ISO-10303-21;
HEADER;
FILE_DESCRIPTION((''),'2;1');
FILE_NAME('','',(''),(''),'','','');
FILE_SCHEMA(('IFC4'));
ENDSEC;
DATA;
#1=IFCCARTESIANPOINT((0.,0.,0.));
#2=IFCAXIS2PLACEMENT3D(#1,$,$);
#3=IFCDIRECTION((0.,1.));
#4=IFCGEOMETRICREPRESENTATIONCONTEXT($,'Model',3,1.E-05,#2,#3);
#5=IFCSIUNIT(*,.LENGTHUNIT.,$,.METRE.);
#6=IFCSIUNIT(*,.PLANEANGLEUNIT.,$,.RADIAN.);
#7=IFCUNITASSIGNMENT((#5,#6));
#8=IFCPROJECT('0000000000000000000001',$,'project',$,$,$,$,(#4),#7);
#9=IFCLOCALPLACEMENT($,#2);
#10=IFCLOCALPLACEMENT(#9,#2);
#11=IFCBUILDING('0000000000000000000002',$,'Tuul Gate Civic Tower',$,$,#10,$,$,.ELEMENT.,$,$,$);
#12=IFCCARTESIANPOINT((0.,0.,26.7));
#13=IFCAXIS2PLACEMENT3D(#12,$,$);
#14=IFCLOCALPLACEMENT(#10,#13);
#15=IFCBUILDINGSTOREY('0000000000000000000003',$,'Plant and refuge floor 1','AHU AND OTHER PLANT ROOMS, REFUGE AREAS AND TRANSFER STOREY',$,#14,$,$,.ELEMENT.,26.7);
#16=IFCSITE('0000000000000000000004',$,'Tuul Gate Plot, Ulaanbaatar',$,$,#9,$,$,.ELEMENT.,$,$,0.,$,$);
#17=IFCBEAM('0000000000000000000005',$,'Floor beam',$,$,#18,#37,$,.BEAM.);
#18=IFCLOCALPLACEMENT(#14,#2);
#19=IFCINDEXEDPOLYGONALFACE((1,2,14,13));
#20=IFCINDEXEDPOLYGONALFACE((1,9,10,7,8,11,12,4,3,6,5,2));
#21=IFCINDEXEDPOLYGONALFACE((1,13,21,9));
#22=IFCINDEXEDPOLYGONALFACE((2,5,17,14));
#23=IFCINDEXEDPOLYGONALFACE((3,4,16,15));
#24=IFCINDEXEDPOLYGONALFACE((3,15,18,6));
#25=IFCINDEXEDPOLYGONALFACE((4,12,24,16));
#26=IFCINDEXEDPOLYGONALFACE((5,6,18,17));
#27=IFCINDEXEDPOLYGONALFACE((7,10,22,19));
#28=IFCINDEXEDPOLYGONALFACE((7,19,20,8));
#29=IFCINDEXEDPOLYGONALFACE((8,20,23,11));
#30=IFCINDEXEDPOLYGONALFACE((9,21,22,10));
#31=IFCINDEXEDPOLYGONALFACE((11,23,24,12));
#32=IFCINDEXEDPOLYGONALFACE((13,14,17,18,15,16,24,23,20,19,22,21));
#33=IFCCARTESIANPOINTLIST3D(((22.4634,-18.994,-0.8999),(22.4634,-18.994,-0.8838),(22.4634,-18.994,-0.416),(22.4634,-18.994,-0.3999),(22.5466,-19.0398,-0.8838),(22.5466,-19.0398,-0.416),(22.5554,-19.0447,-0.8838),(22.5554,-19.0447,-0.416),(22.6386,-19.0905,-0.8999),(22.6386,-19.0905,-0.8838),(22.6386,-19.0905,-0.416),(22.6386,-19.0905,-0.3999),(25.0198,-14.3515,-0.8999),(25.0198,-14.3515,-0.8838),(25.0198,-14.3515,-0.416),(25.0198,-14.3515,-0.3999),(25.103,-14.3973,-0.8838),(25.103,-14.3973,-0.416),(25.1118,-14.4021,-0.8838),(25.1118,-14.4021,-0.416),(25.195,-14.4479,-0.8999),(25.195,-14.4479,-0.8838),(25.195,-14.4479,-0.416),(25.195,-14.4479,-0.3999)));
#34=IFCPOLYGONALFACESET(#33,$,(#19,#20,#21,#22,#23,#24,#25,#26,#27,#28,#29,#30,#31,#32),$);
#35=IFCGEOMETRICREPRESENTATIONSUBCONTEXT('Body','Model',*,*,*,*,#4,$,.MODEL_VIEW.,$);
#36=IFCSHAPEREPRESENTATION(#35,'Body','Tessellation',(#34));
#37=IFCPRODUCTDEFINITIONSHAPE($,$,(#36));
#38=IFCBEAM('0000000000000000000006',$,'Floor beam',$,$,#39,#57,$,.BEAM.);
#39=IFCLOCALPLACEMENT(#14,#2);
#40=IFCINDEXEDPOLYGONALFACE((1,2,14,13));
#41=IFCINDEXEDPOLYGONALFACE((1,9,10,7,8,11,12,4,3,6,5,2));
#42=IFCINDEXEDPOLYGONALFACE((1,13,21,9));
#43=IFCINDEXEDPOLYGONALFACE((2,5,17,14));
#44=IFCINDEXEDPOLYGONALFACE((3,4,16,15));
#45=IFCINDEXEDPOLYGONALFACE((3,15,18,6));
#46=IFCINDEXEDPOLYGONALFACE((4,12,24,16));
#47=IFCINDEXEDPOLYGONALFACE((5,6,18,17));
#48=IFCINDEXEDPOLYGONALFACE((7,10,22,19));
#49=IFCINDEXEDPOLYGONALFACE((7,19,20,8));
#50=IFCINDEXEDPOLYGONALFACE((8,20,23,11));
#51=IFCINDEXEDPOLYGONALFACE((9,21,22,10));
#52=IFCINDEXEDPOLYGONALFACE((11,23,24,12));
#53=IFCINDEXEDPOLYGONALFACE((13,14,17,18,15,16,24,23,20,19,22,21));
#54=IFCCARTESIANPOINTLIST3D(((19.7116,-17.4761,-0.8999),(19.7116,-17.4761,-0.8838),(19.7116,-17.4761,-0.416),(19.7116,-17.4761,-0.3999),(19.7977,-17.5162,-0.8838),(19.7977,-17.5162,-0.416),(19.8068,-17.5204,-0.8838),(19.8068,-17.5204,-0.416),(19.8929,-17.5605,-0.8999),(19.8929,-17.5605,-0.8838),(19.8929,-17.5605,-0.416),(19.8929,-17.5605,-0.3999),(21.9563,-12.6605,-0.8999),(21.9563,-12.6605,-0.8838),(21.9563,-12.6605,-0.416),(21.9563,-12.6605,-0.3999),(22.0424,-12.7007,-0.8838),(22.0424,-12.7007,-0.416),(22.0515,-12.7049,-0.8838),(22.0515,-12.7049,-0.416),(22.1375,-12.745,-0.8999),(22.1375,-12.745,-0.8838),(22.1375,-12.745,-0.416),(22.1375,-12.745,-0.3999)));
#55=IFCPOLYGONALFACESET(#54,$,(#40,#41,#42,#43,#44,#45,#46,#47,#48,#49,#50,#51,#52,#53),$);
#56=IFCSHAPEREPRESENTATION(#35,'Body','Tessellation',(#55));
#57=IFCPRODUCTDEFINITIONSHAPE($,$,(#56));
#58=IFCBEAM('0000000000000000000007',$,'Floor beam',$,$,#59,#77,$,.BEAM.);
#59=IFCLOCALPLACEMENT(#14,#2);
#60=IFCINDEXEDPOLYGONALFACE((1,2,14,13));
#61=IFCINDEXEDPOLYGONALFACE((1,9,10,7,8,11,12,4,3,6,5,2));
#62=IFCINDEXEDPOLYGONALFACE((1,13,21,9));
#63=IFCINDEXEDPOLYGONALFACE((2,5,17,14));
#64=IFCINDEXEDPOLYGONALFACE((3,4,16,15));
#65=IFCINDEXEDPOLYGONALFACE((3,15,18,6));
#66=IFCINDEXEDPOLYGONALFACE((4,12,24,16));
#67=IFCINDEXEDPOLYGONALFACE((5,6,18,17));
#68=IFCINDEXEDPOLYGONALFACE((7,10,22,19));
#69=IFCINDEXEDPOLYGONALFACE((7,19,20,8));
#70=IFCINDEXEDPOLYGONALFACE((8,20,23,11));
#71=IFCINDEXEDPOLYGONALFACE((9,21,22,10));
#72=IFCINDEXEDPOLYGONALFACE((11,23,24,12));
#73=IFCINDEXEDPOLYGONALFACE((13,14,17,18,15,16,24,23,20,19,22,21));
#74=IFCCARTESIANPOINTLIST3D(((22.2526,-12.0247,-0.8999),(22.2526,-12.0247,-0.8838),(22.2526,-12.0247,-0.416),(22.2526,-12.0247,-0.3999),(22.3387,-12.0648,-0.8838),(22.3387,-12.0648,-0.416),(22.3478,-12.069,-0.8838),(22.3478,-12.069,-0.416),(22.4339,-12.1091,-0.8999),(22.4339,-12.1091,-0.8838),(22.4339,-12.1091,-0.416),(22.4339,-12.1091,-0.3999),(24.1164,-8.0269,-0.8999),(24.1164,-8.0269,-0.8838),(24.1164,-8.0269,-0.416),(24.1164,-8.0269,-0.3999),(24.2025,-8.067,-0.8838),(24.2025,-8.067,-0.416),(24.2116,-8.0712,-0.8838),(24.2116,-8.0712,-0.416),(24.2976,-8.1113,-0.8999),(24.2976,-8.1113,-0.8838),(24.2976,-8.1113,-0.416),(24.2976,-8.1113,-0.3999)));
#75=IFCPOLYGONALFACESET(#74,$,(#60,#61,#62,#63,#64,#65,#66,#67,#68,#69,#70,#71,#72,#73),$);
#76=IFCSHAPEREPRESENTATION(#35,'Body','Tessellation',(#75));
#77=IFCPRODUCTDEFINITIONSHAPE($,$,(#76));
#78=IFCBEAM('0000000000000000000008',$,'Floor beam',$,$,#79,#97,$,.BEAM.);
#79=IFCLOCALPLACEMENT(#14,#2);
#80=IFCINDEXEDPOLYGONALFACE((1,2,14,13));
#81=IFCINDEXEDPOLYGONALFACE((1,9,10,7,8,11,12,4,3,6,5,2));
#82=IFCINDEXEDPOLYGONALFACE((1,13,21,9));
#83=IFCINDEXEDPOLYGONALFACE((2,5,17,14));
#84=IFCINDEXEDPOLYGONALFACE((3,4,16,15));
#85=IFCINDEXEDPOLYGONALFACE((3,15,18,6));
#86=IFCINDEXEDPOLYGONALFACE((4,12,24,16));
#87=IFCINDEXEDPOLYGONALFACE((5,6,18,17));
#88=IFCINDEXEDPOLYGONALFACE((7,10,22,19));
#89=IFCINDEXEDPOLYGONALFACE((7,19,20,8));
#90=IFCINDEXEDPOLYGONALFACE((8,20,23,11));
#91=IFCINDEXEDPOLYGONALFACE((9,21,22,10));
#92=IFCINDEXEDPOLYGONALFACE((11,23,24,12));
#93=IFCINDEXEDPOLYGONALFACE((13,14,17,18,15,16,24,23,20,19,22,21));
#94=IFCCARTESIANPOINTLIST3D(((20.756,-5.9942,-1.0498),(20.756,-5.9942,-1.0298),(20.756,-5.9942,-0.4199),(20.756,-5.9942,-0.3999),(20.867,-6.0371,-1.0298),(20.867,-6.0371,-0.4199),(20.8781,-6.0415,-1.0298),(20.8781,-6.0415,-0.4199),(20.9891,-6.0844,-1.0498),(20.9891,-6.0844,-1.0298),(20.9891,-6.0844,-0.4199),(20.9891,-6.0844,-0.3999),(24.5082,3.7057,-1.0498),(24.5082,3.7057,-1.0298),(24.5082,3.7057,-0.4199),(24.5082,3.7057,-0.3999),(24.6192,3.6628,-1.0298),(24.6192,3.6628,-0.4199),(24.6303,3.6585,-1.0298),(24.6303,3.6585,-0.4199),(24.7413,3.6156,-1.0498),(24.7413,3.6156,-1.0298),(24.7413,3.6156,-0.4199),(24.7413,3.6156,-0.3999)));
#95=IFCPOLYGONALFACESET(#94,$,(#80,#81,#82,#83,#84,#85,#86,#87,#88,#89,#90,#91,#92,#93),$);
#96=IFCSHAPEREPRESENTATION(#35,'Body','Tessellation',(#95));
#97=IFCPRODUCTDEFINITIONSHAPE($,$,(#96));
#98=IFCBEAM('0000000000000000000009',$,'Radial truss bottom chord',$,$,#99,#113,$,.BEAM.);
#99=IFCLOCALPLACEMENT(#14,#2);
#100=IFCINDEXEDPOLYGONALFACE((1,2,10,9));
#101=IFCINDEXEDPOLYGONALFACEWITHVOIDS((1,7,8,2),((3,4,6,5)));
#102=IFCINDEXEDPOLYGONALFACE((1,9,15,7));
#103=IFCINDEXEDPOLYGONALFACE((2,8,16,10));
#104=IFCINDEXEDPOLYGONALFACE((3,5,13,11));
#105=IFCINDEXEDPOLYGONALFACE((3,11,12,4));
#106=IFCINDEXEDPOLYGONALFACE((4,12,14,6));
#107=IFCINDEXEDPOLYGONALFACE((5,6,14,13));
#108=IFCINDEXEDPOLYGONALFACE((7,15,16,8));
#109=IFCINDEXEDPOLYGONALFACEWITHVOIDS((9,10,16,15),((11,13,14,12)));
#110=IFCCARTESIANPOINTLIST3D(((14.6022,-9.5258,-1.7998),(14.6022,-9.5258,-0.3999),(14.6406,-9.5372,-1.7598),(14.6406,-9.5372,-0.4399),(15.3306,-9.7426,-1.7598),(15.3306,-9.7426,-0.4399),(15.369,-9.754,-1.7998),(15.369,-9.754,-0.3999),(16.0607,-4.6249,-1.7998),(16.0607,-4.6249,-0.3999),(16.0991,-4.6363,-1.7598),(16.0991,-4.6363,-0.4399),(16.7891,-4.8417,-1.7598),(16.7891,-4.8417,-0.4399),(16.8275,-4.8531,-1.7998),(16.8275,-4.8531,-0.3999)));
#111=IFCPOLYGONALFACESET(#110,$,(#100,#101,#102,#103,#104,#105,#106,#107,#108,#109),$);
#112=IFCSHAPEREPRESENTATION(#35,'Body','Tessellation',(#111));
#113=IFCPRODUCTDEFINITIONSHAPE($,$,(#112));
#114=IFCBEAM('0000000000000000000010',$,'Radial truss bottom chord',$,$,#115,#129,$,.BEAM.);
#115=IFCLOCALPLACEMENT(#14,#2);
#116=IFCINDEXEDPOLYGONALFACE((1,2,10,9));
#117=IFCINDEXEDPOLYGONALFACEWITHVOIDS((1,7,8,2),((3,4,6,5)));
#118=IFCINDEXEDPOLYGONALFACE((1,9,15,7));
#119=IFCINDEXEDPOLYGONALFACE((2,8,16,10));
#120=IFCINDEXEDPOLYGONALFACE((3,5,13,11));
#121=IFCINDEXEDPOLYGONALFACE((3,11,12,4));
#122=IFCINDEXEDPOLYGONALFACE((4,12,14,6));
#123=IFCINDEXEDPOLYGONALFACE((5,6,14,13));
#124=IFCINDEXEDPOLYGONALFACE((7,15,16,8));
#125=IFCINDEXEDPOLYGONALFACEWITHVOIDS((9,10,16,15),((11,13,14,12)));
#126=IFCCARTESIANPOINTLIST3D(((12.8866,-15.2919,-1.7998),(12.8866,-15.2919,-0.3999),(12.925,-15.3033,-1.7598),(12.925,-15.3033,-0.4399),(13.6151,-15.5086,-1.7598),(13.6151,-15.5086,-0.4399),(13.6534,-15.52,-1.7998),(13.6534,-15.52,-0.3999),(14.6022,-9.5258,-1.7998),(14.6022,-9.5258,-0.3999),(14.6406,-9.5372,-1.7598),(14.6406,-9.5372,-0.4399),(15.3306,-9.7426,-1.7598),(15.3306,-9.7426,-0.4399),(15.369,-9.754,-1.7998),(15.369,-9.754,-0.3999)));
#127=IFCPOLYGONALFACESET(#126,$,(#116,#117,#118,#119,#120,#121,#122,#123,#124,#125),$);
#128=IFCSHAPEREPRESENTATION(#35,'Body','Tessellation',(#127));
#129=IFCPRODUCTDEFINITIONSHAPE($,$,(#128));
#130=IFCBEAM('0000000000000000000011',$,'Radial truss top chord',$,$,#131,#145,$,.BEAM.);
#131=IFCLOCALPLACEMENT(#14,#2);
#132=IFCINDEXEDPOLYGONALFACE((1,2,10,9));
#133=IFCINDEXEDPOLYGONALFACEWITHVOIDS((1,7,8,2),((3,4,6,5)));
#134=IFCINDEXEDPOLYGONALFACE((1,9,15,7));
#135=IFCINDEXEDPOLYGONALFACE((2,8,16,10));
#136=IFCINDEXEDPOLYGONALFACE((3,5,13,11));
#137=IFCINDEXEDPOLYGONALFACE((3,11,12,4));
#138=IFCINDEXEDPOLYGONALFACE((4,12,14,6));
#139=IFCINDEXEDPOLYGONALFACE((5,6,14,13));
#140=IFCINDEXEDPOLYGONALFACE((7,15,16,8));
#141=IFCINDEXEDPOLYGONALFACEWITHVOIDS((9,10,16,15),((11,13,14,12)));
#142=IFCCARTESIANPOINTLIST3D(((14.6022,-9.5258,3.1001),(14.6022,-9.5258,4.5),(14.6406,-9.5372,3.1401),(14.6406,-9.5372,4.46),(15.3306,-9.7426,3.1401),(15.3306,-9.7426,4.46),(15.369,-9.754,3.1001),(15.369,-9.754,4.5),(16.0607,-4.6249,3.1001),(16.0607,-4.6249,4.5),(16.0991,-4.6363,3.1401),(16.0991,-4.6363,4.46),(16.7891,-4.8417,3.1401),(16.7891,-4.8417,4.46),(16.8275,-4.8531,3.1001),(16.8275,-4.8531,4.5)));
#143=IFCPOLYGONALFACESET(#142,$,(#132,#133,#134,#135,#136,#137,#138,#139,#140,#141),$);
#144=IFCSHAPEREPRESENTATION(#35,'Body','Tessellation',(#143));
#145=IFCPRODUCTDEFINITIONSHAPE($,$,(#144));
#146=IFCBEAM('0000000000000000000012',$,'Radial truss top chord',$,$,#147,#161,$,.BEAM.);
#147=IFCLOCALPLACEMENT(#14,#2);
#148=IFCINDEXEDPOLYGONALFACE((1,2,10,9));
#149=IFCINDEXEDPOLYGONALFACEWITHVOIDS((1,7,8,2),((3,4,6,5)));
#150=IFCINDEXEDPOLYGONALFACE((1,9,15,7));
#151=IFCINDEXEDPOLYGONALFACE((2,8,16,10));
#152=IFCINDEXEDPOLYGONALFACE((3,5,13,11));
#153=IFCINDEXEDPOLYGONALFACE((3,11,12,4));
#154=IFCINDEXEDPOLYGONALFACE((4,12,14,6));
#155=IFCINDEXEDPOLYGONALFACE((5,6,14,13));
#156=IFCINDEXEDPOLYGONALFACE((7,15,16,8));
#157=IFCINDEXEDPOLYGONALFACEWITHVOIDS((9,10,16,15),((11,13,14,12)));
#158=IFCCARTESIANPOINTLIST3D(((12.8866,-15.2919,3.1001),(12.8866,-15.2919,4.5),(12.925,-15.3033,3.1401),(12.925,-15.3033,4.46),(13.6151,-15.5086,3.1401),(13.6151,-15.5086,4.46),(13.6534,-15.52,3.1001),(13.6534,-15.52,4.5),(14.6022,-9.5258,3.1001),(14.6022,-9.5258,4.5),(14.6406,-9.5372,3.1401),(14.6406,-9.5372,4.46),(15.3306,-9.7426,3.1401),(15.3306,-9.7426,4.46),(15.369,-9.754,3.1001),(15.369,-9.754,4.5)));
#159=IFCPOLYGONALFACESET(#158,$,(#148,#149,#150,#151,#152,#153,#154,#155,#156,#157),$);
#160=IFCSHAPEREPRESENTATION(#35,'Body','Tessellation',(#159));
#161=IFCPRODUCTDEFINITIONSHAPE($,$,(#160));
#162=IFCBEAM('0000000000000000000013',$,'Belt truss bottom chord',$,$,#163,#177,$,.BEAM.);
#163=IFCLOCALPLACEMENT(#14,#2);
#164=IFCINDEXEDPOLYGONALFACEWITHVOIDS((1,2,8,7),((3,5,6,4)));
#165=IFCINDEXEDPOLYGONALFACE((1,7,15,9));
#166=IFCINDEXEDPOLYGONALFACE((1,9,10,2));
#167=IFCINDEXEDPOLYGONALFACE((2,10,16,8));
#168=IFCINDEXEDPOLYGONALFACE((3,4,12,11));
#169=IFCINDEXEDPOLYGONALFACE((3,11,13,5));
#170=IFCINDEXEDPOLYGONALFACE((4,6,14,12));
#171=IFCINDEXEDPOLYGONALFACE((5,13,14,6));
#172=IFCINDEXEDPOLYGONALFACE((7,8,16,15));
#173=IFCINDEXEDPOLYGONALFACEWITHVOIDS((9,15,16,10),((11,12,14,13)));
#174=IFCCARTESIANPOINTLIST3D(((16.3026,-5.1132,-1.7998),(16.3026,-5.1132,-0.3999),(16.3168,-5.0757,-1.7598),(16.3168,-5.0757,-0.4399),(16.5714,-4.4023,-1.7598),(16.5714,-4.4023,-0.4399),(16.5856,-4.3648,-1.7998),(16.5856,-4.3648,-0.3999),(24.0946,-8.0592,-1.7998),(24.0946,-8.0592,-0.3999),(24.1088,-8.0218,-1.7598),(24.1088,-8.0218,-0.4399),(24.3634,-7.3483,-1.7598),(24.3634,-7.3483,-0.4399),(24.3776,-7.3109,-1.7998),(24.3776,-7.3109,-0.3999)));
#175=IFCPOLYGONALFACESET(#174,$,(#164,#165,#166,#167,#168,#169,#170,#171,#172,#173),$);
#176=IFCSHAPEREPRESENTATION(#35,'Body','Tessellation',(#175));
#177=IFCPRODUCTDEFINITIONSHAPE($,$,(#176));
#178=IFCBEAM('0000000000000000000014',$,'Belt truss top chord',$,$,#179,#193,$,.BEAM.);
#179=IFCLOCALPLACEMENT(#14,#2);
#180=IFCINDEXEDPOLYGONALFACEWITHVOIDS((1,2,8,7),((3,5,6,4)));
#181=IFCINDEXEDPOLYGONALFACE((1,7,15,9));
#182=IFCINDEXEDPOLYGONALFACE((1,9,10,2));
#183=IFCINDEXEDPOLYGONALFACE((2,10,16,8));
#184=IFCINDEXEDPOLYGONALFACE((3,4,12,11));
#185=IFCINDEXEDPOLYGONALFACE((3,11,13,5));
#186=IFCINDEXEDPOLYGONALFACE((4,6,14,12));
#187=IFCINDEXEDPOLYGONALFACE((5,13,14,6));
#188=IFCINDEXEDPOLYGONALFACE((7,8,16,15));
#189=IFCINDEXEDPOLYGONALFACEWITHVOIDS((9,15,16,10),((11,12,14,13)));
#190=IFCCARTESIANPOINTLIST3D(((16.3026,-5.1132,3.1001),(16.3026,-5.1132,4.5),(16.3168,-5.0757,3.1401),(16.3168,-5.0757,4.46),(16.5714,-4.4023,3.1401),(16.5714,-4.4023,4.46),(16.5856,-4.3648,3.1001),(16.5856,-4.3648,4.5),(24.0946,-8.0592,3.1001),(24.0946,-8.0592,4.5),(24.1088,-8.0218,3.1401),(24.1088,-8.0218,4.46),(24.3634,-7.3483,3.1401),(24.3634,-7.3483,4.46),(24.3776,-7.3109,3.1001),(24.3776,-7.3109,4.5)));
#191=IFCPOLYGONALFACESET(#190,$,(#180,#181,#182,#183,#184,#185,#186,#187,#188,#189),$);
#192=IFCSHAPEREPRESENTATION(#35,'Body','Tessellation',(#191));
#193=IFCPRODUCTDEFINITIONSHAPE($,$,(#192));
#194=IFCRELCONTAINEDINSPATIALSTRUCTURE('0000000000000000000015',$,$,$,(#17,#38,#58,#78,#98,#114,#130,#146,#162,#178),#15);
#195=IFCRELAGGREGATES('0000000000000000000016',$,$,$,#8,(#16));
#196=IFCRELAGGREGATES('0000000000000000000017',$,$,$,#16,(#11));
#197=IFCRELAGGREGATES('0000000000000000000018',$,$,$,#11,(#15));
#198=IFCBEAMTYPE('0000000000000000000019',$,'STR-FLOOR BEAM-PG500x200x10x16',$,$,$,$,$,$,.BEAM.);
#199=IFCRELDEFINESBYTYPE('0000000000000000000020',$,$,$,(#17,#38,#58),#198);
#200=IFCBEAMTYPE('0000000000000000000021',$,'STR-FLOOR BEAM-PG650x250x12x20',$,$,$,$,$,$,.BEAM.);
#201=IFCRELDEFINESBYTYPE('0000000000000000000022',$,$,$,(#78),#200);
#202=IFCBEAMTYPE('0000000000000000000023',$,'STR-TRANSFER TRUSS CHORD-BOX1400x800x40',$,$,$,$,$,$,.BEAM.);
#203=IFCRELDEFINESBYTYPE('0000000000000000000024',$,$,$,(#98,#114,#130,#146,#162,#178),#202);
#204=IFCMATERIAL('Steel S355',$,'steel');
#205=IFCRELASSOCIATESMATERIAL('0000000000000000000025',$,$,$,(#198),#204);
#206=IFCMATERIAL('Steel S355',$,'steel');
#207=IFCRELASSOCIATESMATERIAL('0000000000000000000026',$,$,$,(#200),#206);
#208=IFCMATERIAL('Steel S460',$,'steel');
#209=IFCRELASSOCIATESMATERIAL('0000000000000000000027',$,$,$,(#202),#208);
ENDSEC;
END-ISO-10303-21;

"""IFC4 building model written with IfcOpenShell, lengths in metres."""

from ifc_helpers import new_model, si_unit, direction, frame, origin, origin_2d, place, context, subcontext, project, spatial, hollow_rectangle, i_section, extrude, material, material_profile, profile_set, type_object, element, save


model = new_model("IFC4")

# Units and contexts
model_context = context("Model", 3, precision=1e-05, world=origin(), true_north=direction((0.0, 1.0)))
body_context = subcontext(model_context, "Body", "Model", "MODEL_VIEW")
ifc_project = project(units=[si_unit("LENGTHUNIT", "METRE"), si_unit("PLANEANGLEUNIT", "RADIAN")], contexts=[model_context])

# Site, building, storey
site_placement = place(None, origin())
site = spatial("IfcSite", under=ifc_project, at=site_placement, Name="Tuul Gate Plot, Ulaanbaatar", CompositionType="ELEMENT", RefElevation=0.0)
building_placement = place(site_placement, origin())
building = spatial("IfcBuilding", under=site, at=building_placement, Name="Tuul Gate Civic Tower", CompositionType="ELEMENT")
storey_placement = place(building_placement, frame((0.0, 0.0, 26.7)))
storey = spatial("IfcBuildingStorey", under=building, at=storey_placement, Name="Plant and refuge floor 1", Description="AHU AND OTHER PLANT ROOMS, REFUGE AREAS AND TRANSFER STOREY", CompositionType="ELEMENT", Elevation=26.7)

# Beams
ifc_material_1 = material(Name="Steel S355", Category="steel")
ifc_material_profile_1 = material_profile(ifc_material_1, i_section(OverallWidth=0.2, OverallDepth=0.5, WebThickness=0.01, FlangeThickness=0.0161, at=origin_2d()), Name="PG500x200x10x16")
ifc_profile_set_1 = profile_set([ifc_material_profile_1], Name="Steel S355")
beam_type_1 = type_object("IfcBeamType", Name="STR-FLOOR BEAM-PG500x200x10x16", PredefinedType="BEAM", material=ifc_profile_set_1)
beam_1_placement = place(storey_placement, frame((22.551, -19.0422, -0.6499), z_axis=(0.48235, 0.875978, 0.0), x_axis=(-0.875978, 0.48235, 0.0)))
element("IfcBeam", 1, at=beam_1_placement, inside=storey, type_object=beam_type_1, Name="Floor beam", PredefinedType="BEAM", context=body_context, shape_type="SweptSolid", body=[
    extrude(i_section(OverallWidth=0.2, OverallDepth=0.5, WebThickness=0.01, FlangeThickness=0.0161, at=origin_2d()), origin(), (0.0, 0.0, 1.0), 5.2998),
])
beam_2_placement = place(storey_placement, frame((19.8022, -17.5183, -0.6499), z_axis=(0.422488, 0.906369, 0.0), x_axis=(-0.906369, 0.422488, 0.0)))
element("IfcBeam", 2, at=beam_2_placement, inside=storey, type_object=beam_type_1, Name="Floor beam", PredefinedType="BEAM", context=body_context, shape_type="SweptSolid", body=[
    extrude(i_section(OverallWidth=0.2, OverallDepth=0.5, WebThickness=0.01, FlangeThickness=0.0161, at=origin_2d()), origin(), (0.0, 0.0, 1.0), 5.313),
])
beam_3_placement = place(storey_placement, frame((22.3433, -12.0669, -0.6499), z_axis=(0.422537, 0.906346, 0.0), x_axis=(-0.906346, 0.422537, 0.0)))
element("IfcBeam", 3, at=beam_3_placement, inside=storey, type_object=beam_type_1, Name="Floor beam", PredefinedType="BEAM", context=body_context, shape_type="SweptSolid", body=[
    extrude(i_section(OverallWidth=0.2, OverallDepth=0.5, WebThickness=0.01, FlangeThickness=0.0161, at=origin_2d()), origin(), (0.0, 0.0, 1.0), 4.4109),
])
ifc_material_2 = material(Name="Steel S355", Category="steel")
ifc_material_profile_2 = material_profile(ifc_material_2, i_section(OverallWidth=0.25, OverallDepth=0.6499, WebThickness=0.012, FlangeThickness=0.02, at=origin_2d()), Name="PG650x250x12x20")
ifc_profile_set_2 = profile_set([ifc_material_profile_2], Name="Steel S355")
beam_type_2 = type_object("IfcBeamType", Name="STR-FLOOR BEAM-PG650x250x12x20", PredefinedType="BEAM", material=ifc_profile_set_2)
beam_4_placement = place(storey_placement, frame((20.8726, -6.0393, -0.7249), z_axis=(0.360775, 0.932653, 0.0), x_axis=(-0.932653, 0.360775, 0.0)))
element("IfcBeam", 4, at=beam_4_placement, inside=storey, type_object=beam_type_2, Name="Floor beam", PredefinedType="BEAM", context=body_context, shape_type="SweptSolid", body=[
    extrude(i_section(OverallWidth=0.25, OverallDepth=0.6499, WebThickness=0.012, FlangeThickness=0.02, at=origin_2d()), origin(), (0.0, 0.0, 1.0), 10.4004),
])
ifc_material_3 = material(Name="Steel S460", Category="steel")
ifc_material_profile_3 = material_profile(ifc_material_3, hollow_rectangle(XDim=0.8, YDim=1.3999, WallThickness=0.04, at=origin_2d()), Name="BOX1400x800x40")
ifc_profile_set_3 = profile_set([ifc_material_profile_3], Name="Steel S460")
beam_type_3 = type_object("IfcBeamType", Name="STR-TRANSFER TRUSS CHORD-BOX1400x800x40", PredefinedType="BEAM", material=ifc_profile_set_3)
beam_5_placement = place(storey_placement, frame((16.4441, -4.739, -1.0999), z_axis=(-0.285236, -0.958457, 0.0), x_axis=(0.958457, -0.285236, 0.0)))
element("IfcBeam", 5, at=beam_5_placement, inside=storey, type_object=beam_type_3, Name="Radial truss bottom chord", PredefinedType="BEAM", context=body_context, shape_type="SweptSolid", body=[
    extrude(hollow_rectangle(XDim=0.8, YDim=1.3999, WallThickness=0.04, at=origin_2d()), origin(), (0.0, 0.0, 1.0), 5.1133),
])
beam_6_placement = place(storey_placement, frame((14.9856, -9.6399, -1.0999), z_axis=(-0.285173, -0.958476, 0.0), x_axis=(0.958476, -0.285173, 0.0)))
element("IfcBeam", 6, at=beam_6_placement, inside=storey, type_object=beam_type_3, Name="Radial truss bottom chord", PredefinedType="BEAM", context=body_context, shape_type="SweptSolid", body=[
    extrude(hollow_rectangle(XDim=0.8, YDim=1.3999, WallThickness=0.04, at=origin_2d()), origin(), (0.0, 0.0, 1.0), 6.0159),
])
beam_7_placement = place(storey_placement, frame((16.4441, -4.739, 3.8), z_axis=(-0.285236, -0.958457, 0.0), x_axis=(0.958457, -0.285236, 0.0)))
element("IfcBeam", 7, at=beam_7_placement, inside=storey, type_object=beam_type_3, Name="Radial truss top chord", PredefinedType="BEAM", context=body_context, shape_type="SweptSolid", body=[
    extrude(hollow_rectangle(XDim=0.8, YDim=1.3999, WallThickness=0.04, at=origin_2d()), origin(), (0.0, 0.0, 1.0), 5.1133),
])
beam_8_placement = place(storey_placement, frame((14.9856, -9.6399, 3.8), z_axis=(-0.285173, -0.958476, 0.0), x_axis=(0.958476, -0.285173, 0.0)))
element("IfcBeam", 8, at=beam_8_placement, inside=storey, type_object=beam_type_3, Name="Radial truss top chord", PredefinedType="BEAM", context=body_context, shape_type="SweptSolid", body=[
    extrude(hollow_rectangle(XDim=0.8, YDim=1.3999, WallThickness=0.04, at=origin_2d()), origin(), (0.0, 0.0, 1.0), 6.0159),
])
for number, where, z_axis, x_axis, name in (
    (9, (16.4441, -4.739, -1.0999), (0.935377, -0.353653, 0.0), (0.353653, 0.935377, 0.0), "Belt truss bottom chord"),
    (10, (16.4441, -4.739, 3.8), (0.935377, -0.353653, 0.0), (0.353653, 0.935377, 0.0), "Belt truss top chord"),
):
    element("IfcBeam", number, at=place(storey_placement, frame(where, z_axis=z_axis, x_axis=x_axis)), inside=storey, type_object=beam_type_3, Name=name, PredefinedType="BEAM", context=body_context, shape_type="SweptSolid", body=[
        extrude(hollow_rectangle(XDim=0.8, YDim=1.3999, WallThickness=0.04, at=origin_2d()), origin(), (0.0, 0.0, 1.0), 8.3303),
    ])

save(model, "model.ifc")
